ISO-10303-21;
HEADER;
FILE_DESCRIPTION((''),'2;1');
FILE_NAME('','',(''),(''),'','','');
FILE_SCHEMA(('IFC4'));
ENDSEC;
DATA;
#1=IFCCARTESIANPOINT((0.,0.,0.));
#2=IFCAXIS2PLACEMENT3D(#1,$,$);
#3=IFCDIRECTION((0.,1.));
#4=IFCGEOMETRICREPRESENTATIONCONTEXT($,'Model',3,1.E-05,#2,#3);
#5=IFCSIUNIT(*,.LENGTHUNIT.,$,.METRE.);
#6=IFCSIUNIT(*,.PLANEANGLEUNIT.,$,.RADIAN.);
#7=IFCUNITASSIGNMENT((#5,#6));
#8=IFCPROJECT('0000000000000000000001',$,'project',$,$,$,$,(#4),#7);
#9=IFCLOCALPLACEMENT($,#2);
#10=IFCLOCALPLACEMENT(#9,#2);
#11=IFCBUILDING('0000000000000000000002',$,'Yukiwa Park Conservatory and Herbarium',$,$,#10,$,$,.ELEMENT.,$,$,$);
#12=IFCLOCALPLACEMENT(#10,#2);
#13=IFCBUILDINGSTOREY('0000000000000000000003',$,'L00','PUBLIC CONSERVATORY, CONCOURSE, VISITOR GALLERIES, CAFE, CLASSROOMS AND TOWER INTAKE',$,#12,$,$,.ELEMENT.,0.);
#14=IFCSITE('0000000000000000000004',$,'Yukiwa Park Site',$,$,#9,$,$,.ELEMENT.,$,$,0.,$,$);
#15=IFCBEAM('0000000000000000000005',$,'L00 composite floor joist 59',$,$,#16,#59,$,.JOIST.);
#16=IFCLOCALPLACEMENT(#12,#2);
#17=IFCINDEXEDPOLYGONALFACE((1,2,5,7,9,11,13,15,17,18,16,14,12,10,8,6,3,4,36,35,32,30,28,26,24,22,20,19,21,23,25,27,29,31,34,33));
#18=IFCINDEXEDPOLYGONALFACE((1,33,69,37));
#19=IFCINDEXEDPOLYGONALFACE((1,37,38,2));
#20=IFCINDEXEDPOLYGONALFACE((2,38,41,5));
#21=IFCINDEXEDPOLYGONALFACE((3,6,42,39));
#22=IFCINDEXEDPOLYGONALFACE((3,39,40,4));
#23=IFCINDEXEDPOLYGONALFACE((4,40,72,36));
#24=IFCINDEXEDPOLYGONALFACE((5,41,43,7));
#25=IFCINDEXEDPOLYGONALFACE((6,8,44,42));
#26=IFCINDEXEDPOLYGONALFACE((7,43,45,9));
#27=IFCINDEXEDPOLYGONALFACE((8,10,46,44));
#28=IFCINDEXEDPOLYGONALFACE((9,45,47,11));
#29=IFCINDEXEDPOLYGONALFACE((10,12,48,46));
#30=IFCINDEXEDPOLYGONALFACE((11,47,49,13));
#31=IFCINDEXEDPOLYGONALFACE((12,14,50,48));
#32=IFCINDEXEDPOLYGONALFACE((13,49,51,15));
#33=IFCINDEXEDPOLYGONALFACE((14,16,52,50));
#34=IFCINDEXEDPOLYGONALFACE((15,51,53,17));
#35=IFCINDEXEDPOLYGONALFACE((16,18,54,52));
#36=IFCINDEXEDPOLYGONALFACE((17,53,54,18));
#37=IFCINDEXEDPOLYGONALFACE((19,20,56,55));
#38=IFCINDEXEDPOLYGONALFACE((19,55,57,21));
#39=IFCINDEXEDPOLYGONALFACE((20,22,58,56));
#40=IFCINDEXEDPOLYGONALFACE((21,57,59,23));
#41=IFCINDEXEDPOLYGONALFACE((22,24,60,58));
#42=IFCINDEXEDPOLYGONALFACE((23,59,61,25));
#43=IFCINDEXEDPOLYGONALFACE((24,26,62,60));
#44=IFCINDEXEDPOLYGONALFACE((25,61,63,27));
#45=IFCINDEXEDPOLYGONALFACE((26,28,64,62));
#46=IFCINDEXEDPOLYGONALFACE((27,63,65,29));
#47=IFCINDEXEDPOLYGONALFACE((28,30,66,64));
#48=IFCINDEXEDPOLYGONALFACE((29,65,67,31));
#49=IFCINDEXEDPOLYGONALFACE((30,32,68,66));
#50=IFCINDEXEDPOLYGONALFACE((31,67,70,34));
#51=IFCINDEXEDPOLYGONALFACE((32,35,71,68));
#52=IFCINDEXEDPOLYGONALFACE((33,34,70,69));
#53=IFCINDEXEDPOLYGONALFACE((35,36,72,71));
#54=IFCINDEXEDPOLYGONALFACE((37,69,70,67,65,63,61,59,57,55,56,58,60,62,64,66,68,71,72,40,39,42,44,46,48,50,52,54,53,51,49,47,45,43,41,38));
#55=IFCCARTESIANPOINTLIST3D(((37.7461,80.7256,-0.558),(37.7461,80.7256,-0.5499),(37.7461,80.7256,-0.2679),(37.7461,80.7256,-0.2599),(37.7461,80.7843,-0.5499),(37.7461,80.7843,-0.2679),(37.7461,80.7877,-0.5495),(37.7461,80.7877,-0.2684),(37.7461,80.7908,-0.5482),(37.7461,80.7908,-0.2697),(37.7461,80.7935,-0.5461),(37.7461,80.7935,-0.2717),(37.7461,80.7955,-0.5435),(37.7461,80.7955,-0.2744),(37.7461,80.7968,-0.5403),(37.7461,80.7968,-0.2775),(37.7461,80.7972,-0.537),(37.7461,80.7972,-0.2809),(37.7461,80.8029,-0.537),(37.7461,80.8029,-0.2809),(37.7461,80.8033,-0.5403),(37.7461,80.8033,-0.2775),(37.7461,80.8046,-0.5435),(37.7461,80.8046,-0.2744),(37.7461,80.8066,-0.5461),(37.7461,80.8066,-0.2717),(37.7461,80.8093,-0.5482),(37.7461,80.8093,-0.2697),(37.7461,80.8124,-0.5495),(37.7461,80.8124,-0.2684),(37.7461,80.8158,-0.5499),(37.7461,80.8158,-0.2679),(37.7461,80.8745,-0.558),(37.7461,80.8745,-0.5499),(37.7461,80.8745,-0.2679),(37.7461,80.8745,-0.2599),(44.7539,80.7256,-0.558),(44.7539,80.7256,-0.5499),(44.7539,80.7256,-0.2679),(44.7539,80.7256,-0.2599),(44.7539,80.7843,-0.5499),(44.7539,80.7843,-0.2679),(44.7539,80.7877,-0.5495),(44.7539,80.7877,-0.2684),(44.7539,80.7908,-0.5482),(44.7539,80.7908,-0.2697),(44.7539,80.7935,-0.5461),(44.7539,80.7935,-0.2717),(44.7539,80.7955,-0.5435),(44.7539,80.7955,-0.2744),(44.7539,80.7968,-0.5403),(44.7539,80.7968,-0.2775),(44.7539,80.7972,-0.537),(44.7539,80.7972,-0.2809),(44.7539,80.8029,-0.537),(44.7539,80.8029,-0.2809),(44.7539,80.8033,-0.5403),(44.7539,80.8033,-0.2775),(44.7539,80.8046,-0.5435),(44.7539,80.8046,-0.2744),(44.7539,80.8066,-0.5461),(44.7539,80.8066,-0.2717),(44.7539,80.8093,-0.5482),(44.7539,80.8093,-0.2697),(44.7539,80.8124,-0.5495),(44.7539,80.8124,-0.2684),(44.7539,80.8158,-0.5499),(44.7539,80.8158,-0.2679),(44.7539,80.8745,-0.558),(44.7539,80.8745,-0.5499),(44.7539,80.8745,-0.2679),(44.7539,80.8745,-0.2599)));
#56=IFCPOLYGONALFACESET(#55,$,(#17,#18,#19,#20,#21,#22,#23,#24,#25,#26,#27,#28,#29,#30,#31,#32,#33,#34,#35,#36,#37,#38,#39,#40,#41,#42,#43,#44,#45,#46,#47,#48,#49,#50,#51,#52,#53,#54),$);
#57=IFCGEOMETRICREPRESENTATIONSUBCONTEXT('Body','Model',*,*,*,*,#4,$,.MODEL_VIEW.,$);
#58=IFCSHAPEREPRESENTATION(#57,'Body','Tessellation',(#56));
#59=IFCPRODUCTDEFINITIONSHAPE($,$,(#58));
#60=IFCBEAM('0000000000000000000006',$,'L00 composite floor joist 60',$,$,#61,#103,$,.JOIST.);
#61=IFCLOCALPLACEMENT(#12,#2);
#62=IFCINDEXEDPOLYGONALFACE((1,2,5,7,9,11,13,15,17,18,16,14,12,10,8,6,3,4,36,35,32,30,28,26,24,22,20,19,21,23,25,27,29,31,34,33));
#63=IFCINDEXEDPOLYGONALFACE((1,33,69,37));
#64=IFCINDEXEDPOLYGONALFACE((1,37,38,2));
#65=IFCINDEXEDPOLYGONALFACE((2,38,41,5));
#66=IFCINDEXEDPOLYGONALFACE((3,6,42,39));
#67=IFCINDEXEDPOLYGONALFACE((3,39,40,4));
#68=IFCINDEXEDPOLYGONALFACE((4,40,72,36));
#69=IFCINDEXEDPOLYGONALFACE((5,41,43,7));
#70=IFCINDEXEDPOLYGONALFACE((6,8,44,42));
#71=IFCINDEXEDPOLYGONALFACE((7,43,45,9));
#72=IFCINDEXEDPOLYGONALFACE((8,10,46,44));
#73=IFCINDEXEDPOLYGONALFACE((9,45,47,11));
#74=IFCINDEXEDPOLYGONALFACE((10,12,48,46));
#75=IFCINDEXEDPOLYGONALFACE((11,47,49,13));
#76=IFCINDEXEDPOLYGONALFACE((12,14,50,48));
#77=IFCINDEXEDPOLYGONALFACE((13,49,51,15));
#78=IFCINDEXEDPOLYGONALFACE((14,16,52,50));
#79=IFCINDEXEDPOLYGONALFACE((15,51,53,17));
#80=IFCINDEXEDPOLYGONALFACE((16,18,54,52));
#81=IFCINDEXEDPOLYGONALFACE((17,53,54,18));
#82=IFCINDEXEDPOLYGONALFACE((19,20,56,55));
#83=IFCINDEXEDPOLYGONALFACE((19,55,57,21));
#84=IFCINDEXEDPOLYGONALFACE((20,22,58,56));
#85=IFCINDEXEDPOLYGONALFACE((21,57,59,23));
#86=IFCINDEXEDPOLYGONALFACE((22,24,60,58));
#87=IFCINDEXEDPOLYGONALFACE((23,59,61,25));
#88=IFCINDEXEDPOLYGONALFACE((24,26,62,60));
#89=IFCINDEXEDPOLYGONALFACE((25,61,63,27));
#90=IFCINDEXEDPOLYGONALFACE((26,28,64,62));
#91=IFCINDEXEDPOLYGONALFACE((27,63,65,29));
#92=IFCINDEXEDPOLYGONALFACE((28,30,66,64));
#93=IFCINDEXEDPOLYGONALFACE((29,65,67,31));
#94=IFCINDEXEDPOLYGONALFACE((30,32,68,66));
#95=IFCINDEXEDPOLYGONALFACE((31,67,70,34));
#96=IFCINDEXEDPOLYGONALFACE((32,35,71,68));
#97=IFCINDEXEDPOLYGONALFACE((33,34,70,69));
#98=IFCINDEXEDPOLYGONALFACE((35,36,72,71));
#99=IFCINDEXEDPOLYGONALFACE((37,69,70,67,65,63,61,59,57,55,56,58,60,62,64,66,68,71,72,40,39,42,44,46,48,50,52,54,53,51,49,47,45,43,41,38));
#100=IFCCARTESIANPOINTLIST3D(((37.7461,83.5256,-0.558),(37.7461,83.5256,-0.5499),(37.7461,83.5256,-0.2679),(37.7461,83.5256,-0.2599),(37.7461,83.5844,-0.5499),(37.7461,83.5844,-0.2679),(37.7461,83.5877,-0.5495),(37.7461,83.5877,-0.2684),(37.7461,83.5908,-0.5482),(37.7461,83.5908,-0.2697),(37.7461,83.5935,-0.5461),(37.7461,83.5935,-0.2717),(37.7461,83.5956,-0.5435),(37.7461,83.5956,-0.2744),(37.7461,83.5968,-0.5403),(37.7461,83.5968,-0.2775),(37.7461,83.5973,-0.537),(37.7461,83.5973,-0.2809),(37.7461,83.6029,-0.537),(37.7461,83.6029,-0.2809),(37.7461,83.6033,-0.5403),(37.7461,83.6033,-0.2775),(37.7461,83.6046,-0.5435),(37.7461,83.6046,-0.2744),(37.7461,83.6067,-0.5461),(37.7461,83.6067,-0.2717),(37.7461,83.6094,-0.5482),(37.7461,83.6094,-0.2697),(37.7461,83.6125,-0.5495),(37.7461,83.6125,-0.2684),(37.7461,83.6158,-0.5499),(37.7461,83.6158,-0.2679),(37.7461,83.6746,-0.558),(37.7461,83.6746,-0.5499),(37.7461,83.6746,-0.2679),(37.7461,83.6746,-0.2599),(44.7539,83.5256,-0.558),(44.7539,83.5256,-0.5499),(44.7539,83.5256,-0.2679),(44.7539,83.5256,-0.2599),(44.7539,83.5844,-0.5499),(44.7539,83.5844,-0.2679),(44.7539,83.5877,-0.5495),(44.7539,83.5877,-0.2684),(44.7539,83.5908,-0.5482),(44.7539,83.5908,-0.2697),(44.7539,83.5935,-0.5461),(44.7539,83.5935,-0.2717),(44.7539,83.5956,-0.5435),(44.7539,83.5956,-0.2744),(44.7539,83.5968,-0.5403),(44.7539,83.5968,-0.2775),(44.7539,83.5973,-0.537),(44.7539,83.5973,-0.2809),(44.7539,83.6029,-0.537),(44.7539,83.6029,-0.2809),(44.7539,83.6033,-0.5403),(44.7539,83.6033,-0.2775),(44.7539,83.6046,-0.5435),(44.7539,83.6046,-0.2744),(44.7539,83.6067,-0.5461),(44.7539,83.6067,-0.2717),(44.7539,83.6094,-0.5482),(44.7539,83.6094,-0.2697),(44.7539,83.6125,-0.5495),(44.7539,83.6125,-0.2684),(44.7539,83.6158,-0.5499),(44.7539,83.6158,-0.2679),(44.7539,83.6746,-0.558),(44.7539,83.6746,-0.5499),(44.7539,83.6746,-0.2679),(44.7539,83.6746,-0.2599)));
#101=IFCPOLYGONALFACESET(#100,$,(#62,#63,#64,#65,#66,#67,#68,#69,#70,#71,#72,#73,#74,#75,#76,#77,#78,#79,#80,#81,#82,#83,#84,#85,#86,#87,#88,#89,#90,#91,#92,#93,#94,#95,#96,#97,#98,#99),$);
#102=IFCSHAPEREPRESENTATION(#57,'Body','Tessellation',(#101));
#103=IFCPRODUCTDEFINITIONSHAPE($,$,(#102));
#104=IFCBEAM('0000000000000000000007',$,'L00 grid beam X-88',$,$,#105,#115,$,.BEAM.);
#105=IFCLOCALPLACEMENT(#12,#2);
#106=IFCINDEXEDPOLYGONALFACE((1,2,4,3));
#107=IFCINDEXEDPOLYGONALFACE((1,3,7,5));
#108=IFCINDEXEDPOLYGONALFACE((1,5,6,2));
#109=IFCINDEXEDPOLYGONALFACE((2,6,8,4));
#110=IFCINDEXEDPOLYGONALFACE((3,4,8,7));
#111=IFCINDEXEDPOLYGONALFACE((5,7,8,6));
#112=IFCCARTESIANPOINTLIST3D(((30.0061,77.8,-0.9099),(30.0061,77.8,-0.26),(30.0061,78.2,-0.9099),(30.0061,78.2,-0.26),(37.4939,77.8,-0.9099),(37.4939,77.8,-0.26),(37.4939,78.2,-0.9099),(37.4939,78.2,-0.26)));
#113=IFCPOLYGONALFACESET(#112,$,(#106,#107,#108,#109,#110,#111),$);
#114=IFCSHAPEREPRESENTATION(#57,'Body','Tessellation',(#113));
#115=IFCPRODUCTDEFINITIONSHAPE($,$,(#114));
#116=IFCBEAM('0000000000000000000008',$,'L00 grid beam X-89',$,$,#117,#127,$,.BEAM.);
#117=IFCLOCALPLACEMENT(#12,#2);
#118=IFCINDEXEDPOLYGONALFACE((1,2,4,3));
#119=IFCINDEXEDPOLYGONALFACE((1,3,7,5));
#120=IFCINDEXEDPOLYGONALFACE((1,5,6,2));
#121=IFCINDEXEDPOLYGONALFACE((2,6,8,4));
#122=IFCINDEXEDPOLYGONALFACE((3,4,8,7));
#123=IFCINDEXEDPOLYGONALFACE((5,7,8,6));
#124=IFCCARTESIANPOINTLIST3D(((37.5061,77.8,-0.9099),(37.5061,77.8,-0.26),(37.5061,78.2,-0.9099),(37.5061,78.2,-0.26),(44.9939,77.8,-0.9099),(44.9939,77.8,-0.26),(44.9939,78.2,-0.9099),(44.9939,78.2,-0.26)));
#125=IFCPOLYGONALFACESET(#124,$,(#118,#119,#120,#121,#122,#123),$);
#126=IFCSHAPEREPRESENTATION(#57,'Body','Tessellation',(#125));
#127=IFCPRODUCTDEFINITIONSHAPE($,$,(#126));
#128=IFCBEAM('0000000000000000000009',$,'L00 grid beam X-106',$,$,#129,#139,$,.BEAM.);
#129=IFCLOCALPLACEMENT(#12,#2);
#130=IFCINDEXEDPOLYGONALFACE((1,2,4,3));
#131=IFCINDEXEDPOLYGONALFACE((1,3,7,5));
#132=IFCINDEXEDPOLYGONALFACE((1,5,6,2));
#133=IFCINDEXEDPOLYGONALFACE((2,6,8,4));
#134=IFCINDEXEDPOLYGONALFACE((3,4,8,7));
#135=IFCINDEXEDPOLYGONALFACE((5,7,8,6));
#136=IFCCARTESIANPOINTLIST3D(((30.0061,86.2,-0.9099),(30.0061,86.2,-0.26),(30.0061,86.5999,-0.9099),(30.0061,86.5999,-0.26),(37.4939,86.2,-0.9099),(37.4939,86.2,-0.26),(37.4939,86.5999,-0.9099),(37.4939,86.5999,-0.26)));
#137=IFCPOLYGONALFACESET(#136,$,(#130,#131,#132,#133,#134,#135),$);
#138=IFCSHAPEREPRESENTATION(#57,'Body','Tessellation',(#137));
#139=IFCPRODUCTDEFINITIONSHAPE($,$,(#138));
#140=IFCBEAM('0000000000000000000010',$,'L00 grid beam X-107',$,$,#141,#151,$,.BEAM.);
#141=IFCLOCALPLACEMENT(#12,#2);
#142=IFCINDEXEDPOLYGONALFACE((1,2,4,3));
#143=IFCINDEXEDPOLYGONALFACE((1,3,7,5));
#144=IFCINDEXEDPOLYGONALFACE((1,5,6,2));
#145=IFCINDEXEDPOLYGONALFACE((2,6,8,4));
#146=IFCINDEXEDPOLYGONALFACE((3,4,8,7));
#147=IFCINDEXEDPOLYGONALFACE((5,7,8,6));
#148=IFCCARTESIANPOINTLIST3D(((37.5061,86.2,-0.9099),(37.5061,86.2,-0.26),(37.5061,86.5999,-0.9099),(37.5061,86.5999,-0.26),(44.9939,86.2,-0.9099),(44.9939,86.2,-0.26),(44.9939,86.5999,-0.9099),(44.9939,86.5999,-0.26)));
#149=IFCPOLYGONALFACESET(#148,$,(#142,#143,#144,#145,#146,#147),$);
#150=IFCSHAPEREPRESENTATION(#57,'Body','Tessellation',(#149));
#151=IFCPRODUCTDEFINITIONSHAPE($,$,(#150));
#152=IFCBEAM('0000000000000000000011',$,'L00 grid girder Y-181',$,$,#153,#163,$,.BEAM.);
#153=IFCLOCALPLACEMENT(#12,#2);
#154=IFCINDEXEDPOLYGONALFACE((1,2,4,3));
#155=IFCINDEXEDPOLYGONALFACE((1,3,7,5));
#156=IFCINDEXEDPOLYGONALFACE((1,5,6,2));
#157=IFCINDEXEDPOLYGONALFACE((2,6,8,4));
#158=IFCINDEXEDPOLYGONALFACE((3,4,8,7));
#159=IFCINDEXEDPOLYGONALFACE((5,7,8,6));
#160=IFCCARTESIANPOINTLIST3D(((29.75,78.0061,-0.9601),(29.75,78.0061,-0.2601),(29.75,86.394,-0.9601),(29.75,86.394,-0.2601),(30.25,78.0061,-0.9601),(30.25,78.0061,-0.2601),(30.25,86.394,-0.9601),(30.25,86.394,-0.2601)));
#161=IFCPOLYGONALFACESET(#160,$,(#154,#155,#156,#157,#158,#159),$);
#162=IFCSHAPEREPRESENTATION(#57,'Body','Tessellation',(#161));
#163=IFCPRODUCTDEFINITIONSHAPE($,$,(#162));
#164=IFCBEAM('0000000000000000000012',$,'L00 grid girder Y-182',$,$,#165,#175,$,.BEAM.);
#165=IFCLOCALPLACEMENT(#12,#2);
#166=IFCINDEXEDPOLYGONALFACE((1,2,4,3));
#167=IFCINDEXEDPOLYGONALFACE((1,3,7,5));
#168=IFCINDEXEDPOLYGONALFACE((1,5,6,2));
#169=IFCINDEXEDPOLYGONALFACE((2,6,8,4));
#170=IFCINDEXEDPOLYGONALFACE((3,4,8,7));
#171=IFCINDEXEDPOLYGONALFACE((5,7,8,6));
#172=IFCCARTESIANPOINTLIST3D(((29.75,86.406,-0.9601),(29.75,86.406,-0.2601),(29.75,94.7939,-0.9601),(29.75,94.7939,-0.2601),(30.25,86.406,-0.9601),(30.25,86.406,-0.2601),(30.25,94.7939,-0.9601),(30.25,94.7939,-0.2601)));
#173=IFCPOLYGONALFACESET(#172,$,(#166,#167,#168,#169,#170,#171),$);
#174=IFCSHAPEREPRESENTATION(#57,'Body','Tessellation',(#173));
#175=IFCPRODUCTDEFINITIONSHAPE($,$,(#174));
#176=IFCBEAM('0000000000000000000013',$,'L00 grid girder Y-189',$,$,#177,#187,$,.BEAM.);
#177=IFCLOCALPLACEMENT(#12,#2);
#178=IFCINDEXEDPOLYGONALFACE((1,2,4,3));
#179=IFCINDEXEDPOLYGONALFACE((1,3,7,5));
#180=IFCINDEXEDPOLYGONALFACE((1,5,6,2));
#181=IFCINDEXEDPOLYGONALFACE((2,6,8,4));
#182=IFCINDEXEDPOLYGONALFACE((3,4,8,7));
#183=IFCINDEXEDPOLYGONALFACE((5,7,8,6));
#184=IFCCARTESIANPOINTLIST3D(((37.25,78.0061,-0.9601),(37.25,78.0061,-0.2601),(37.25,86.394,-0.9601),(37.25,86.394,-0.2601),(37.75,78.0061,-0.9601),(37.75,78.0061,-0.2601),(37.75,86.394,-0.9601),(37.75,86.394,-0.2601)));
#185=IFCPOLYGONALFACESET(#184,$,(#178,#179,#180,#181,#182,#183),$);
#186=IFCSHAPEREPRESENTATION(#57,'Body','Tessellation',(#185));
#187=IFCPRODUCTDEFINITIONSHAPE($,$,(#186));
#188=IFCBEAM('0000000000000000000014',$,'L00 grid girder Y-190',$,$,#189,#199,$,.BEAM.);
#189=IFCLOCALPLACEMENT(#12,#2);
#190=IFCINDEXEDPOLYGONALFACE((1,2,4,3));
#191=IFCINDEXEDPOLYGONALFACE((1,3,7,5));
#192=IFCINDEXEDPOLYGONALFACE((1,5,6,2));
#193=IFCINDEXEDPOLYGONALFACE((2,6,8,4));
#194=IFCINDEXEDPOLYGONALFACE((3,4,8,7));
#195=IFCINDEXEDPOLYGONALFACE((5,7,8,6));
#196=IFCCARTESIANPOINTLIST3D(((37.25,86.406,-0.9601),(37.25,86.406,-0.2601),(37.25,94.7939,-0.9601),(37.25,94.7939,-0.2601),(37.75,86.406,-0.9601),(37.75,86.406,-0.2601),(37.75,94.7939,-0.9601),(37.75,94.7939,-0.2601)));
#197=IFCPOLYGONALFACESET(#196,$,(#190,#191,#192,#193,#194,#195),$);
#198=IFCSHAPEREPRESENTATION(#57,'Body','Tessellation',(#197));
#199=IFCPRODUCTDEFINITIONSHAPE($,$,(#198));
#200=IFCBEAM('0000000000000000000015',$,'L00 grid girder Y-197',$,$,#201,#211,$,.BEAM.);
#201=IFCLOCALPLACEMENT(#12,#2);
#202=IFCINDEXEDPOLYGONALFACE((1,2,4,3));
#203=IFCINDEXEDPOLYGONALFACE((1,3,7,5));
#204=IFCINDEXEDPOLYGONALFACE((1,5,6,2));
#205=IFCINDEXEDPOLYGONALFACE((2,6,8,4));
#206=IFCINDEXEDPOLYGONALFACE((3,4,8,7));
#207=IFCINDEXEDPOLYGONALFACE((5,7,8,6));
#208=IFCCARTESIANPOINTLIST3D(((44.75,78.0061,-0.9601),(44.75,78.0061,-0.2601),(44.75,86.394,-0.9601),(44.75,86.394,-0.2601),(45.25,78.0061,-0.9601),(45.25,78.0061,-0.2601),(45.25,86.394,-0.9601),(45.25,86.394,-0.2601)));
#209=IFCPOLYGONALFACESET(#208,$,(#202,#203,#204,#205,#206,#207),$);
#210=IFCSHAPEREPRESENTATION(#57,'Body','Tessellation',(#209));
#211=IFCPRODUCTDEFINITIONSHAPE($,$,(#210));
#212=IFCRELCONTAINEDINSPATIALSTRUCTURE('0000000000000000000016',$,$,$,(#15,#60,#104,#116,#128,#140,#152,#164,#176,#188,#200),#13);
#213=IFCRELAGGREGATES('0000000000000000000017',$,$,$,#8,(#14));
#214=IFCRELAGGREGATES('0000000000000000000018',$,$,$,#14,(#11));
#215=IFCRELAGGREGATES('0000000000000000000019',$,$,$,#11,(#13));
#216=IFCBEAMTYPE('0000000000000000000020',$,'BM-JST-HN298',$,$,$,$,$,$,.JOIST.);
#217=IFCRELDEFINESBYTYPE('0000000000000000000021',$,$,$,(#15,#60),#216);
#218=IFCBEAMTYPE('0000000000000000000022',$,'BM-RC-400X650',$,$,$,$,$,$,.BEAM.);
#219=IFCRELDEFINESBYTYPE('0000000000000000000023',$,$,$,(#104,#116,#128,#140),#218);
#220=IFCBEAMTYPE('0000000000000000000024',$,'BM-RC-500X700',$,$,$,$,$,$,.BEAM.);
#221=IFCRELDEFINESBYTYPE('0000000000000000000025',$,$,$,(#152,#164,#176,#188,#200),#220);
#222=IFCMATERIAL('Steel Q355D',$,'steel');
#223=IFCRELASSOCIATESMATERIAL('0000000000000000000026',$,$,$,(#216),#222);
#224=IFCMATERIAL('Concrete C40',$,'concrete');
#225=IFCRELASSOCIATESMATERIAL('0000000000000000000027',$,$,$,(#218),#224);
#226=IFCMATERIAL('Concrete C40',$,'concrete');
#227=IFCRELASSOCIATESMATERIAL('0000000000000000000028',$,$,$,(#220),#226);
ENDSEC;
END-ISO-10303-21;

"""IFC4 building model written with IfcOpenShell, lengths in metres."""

from ifc_helpers import new_model, si_unit, direction, frame, origin, origin_2d, place, context, subcontext, project, spatial, rectangle, i_section, extrude, material, material_profile, profile_set, type_object, element, save


model = new_model("IFC4")

# Units and contexts
model_context = context("Model", 3, precision=1e-05, world=origin(), true_north=direction((0.0, 1.0)))
body_context = subcontext(model_context, "Body", "Model", "MODEL_VIEW")
ifc_project = project(units=[si_unit("LENGTHUNIT", "METRE"), si_unit("PLANEANGLEUNIT", "RADIAN")], contexts=[model_context])

# Site, building, storey
site_placement = place(None, origin())
site = spatial("IfcSite", under=ifc_project, at=site_placement, Name="Yukiwa Park Site", CompositionType="ELEMENT", RefElevation=0.0)
building_placement = place(site_placement, origin())
building = spatial("IfcBuilding", under=site, at=building_placement, Name="Yukiwa Park Conservatory and Herbarium", CompositionType="ELEMENT")
storey_placement = place(building_placement, origin())
storey = spatial("IfcBuildingStorey", under=building, at=storey_placement, Name="L00", Description="PUBLIC CONSERVATORY, CONCOURSE, VISITOR GALLERIES, CAFE, CLASSROOMS AND TOWER INTAKE", CompositionType="ELEMENT", Elevation=0.0)

# Beams
ifc_material_1 = material(Name="Steel Q355D", Category="steel")
ifc_material_profile_1 = material_profile(ifc_material_1, i_section(OverallWidth=0.1489, OverallDepth=0.2981, WebThickness=0.0056, FlangeThickness=0.0081, FilletRadius=0.0129, at=origin_2d()), Name="HN 298x149x5.5x8")
ifc_profile_set_1 = profile_set([ifc_material_profile_1], Name="Steel Q355D")
beam_type_1 = type_object("IfcBeamType", Name="BM-JST-HN298", PredefinedType="JOIST", material=ifc_profile_set_1)
for number, where, z_axis, x_axis, name in (
    (1, (37.7461, 80.8, -0.4089), (1.0, 0.0, 0.0), (0.0, 1.0, 0.0), "L00 composite floor joist 59"),
    (2, (37.7461, 83.6001, -0.4089), (1.0, 0.0, 0.0), (0.0, 1.0, 0.0), "L00 composite floor joist 60"),
):
    element("IfcBeam", number, at=place(storey_placement, frame(where, z_axis=z_axis, x_axis=x_axis)), inside=storey, type_object=beam_type_1, Name=name, PredefinedType="JOIST", context=body_context, shape_type="SweptSolid", body=[
        extrude(i_section(OverallWidth=0.1489, OverallDepth=0.2981, WebThickness=0.0056, FlangeThickness=0.0081, FilletRadius=0.0129, at=origin_2d()), origin(), (0.0, 0.0, 1.0), 7.0078),
    ])
ifc_material_2 = material(Name="Concrete C40", Category="concrete")
ifc_material_profile_2 = material_profile(ifc_material_2, rectangle(XDim=0.3999, YDim=0.6499, at=origin_2d()), Name="RC 400x650")
ifc_profile_set_2 = profile_set([ifc_material_profile_2], Name="Concrete C40")
beam_type_2 = type_object("IfcBeamType", Name="BM-RC-400X650", PredefinedType="BEAM", material=ifc_profile_set_2)
for number, where, z_axis, x_axis, name in (
    (3, (30.0061, 78.0, -0.585), (1.0, 0.0, 0.0), (0.0, 1.0, 0.0), "L00 grid beam X-88"),
    (4, (37.5061, 78.0, -0.585), (1.0, 0.0, 0.0), (0.0, 1.0, 0.0), "L00 grid beam X-89"),
    (5, (30.0061, 86.3999, -0.585), (1.0, 0.0, 0.0), (0.0, 1.0, 0.0), "L00 grid beam X-106"),
    (6, (37.5061, 86.3999, -0.585), (1.0, 0.0, 0.0), (0.0, 1.0, 0.0), "L00 grid beam X-107"),
):
    element("IfcBeam", number, at=place(storey_placement, frame(where, z_axis=z_axis, x_axis=x_axis)), inside=storey, type_object=beam_type_2, Name=name, PredefinedType="BEAM", context=body_context, shape_type="SweptSolid", body=[
        extrude(rectangle(XDim=0.3999, YDim=0.6499, at=origin_2d()), origin(), (0.0, 0.0, 1.0), 7.4878),
    ])
ifc_material_3 = material(Name="Concrete C40", Category="concrete")
ifc_material_profile_3 = material_profile(ifc_material_3, rectangle(XDim=0.5, YDim=0.7, at=origin_2d()), Name="RC 500x700")
ifc_profile_set_3 = profile_set([ifc_material_profile_3], Name="Concrete C40")
beam_type_3 = type_object("IfcBeamType", Name="BM-RC-500X700", PredefinedType="BEAM", material=ifc_profile_set_3)
for number, where, z_axis, x_axis, name in (
    (7, (30.0, 78.0061, -0.6101), (0.0, 1.0, 0.0), (-1.0, 0.0, 0.0), "L00 grid girder Y-181"),
    (8, (30.0, 86.406, -0.6101), (0.0, 1.0, 0.0), (-1.0, 0.0, 0.0), "L00 grid girder Y-182"),
    (9, (37.5, 78.0061, -0.6101), (0.0, 1.0, 0.0), (-1.0, 0.0, 0.0), "L00 grid girder Y-189"),
    (10, (37.5, 86.406, -0.6101), (0.0, 1.0, 0.0), (-1.0, 0.0, 0.0), "L00 grid girder Y-190"),
    (11, (45.0, 78.0061, -0.6101), (0.0, 1.0, 0.0), (-1.0, 0.0, 0.0), "L00 grid girder Y-197"),
):
    element("IfcBeam", number, at=place(storey_placement, frame(where, z_axis=z_axis, x_axis=x_axis)), inside=storey, type_object=beam_type_3, Name=name, PredefinedType="BEAM", context=body_context, shape_type="SweptSolid", body=[
        extrude(rectangle(XDim=0.5, YDim=0.7, at=origin_2d()), origin(), (0.0, 0.0, 1.0), 8.3879),
    ])

save(model, "model.ifc")
